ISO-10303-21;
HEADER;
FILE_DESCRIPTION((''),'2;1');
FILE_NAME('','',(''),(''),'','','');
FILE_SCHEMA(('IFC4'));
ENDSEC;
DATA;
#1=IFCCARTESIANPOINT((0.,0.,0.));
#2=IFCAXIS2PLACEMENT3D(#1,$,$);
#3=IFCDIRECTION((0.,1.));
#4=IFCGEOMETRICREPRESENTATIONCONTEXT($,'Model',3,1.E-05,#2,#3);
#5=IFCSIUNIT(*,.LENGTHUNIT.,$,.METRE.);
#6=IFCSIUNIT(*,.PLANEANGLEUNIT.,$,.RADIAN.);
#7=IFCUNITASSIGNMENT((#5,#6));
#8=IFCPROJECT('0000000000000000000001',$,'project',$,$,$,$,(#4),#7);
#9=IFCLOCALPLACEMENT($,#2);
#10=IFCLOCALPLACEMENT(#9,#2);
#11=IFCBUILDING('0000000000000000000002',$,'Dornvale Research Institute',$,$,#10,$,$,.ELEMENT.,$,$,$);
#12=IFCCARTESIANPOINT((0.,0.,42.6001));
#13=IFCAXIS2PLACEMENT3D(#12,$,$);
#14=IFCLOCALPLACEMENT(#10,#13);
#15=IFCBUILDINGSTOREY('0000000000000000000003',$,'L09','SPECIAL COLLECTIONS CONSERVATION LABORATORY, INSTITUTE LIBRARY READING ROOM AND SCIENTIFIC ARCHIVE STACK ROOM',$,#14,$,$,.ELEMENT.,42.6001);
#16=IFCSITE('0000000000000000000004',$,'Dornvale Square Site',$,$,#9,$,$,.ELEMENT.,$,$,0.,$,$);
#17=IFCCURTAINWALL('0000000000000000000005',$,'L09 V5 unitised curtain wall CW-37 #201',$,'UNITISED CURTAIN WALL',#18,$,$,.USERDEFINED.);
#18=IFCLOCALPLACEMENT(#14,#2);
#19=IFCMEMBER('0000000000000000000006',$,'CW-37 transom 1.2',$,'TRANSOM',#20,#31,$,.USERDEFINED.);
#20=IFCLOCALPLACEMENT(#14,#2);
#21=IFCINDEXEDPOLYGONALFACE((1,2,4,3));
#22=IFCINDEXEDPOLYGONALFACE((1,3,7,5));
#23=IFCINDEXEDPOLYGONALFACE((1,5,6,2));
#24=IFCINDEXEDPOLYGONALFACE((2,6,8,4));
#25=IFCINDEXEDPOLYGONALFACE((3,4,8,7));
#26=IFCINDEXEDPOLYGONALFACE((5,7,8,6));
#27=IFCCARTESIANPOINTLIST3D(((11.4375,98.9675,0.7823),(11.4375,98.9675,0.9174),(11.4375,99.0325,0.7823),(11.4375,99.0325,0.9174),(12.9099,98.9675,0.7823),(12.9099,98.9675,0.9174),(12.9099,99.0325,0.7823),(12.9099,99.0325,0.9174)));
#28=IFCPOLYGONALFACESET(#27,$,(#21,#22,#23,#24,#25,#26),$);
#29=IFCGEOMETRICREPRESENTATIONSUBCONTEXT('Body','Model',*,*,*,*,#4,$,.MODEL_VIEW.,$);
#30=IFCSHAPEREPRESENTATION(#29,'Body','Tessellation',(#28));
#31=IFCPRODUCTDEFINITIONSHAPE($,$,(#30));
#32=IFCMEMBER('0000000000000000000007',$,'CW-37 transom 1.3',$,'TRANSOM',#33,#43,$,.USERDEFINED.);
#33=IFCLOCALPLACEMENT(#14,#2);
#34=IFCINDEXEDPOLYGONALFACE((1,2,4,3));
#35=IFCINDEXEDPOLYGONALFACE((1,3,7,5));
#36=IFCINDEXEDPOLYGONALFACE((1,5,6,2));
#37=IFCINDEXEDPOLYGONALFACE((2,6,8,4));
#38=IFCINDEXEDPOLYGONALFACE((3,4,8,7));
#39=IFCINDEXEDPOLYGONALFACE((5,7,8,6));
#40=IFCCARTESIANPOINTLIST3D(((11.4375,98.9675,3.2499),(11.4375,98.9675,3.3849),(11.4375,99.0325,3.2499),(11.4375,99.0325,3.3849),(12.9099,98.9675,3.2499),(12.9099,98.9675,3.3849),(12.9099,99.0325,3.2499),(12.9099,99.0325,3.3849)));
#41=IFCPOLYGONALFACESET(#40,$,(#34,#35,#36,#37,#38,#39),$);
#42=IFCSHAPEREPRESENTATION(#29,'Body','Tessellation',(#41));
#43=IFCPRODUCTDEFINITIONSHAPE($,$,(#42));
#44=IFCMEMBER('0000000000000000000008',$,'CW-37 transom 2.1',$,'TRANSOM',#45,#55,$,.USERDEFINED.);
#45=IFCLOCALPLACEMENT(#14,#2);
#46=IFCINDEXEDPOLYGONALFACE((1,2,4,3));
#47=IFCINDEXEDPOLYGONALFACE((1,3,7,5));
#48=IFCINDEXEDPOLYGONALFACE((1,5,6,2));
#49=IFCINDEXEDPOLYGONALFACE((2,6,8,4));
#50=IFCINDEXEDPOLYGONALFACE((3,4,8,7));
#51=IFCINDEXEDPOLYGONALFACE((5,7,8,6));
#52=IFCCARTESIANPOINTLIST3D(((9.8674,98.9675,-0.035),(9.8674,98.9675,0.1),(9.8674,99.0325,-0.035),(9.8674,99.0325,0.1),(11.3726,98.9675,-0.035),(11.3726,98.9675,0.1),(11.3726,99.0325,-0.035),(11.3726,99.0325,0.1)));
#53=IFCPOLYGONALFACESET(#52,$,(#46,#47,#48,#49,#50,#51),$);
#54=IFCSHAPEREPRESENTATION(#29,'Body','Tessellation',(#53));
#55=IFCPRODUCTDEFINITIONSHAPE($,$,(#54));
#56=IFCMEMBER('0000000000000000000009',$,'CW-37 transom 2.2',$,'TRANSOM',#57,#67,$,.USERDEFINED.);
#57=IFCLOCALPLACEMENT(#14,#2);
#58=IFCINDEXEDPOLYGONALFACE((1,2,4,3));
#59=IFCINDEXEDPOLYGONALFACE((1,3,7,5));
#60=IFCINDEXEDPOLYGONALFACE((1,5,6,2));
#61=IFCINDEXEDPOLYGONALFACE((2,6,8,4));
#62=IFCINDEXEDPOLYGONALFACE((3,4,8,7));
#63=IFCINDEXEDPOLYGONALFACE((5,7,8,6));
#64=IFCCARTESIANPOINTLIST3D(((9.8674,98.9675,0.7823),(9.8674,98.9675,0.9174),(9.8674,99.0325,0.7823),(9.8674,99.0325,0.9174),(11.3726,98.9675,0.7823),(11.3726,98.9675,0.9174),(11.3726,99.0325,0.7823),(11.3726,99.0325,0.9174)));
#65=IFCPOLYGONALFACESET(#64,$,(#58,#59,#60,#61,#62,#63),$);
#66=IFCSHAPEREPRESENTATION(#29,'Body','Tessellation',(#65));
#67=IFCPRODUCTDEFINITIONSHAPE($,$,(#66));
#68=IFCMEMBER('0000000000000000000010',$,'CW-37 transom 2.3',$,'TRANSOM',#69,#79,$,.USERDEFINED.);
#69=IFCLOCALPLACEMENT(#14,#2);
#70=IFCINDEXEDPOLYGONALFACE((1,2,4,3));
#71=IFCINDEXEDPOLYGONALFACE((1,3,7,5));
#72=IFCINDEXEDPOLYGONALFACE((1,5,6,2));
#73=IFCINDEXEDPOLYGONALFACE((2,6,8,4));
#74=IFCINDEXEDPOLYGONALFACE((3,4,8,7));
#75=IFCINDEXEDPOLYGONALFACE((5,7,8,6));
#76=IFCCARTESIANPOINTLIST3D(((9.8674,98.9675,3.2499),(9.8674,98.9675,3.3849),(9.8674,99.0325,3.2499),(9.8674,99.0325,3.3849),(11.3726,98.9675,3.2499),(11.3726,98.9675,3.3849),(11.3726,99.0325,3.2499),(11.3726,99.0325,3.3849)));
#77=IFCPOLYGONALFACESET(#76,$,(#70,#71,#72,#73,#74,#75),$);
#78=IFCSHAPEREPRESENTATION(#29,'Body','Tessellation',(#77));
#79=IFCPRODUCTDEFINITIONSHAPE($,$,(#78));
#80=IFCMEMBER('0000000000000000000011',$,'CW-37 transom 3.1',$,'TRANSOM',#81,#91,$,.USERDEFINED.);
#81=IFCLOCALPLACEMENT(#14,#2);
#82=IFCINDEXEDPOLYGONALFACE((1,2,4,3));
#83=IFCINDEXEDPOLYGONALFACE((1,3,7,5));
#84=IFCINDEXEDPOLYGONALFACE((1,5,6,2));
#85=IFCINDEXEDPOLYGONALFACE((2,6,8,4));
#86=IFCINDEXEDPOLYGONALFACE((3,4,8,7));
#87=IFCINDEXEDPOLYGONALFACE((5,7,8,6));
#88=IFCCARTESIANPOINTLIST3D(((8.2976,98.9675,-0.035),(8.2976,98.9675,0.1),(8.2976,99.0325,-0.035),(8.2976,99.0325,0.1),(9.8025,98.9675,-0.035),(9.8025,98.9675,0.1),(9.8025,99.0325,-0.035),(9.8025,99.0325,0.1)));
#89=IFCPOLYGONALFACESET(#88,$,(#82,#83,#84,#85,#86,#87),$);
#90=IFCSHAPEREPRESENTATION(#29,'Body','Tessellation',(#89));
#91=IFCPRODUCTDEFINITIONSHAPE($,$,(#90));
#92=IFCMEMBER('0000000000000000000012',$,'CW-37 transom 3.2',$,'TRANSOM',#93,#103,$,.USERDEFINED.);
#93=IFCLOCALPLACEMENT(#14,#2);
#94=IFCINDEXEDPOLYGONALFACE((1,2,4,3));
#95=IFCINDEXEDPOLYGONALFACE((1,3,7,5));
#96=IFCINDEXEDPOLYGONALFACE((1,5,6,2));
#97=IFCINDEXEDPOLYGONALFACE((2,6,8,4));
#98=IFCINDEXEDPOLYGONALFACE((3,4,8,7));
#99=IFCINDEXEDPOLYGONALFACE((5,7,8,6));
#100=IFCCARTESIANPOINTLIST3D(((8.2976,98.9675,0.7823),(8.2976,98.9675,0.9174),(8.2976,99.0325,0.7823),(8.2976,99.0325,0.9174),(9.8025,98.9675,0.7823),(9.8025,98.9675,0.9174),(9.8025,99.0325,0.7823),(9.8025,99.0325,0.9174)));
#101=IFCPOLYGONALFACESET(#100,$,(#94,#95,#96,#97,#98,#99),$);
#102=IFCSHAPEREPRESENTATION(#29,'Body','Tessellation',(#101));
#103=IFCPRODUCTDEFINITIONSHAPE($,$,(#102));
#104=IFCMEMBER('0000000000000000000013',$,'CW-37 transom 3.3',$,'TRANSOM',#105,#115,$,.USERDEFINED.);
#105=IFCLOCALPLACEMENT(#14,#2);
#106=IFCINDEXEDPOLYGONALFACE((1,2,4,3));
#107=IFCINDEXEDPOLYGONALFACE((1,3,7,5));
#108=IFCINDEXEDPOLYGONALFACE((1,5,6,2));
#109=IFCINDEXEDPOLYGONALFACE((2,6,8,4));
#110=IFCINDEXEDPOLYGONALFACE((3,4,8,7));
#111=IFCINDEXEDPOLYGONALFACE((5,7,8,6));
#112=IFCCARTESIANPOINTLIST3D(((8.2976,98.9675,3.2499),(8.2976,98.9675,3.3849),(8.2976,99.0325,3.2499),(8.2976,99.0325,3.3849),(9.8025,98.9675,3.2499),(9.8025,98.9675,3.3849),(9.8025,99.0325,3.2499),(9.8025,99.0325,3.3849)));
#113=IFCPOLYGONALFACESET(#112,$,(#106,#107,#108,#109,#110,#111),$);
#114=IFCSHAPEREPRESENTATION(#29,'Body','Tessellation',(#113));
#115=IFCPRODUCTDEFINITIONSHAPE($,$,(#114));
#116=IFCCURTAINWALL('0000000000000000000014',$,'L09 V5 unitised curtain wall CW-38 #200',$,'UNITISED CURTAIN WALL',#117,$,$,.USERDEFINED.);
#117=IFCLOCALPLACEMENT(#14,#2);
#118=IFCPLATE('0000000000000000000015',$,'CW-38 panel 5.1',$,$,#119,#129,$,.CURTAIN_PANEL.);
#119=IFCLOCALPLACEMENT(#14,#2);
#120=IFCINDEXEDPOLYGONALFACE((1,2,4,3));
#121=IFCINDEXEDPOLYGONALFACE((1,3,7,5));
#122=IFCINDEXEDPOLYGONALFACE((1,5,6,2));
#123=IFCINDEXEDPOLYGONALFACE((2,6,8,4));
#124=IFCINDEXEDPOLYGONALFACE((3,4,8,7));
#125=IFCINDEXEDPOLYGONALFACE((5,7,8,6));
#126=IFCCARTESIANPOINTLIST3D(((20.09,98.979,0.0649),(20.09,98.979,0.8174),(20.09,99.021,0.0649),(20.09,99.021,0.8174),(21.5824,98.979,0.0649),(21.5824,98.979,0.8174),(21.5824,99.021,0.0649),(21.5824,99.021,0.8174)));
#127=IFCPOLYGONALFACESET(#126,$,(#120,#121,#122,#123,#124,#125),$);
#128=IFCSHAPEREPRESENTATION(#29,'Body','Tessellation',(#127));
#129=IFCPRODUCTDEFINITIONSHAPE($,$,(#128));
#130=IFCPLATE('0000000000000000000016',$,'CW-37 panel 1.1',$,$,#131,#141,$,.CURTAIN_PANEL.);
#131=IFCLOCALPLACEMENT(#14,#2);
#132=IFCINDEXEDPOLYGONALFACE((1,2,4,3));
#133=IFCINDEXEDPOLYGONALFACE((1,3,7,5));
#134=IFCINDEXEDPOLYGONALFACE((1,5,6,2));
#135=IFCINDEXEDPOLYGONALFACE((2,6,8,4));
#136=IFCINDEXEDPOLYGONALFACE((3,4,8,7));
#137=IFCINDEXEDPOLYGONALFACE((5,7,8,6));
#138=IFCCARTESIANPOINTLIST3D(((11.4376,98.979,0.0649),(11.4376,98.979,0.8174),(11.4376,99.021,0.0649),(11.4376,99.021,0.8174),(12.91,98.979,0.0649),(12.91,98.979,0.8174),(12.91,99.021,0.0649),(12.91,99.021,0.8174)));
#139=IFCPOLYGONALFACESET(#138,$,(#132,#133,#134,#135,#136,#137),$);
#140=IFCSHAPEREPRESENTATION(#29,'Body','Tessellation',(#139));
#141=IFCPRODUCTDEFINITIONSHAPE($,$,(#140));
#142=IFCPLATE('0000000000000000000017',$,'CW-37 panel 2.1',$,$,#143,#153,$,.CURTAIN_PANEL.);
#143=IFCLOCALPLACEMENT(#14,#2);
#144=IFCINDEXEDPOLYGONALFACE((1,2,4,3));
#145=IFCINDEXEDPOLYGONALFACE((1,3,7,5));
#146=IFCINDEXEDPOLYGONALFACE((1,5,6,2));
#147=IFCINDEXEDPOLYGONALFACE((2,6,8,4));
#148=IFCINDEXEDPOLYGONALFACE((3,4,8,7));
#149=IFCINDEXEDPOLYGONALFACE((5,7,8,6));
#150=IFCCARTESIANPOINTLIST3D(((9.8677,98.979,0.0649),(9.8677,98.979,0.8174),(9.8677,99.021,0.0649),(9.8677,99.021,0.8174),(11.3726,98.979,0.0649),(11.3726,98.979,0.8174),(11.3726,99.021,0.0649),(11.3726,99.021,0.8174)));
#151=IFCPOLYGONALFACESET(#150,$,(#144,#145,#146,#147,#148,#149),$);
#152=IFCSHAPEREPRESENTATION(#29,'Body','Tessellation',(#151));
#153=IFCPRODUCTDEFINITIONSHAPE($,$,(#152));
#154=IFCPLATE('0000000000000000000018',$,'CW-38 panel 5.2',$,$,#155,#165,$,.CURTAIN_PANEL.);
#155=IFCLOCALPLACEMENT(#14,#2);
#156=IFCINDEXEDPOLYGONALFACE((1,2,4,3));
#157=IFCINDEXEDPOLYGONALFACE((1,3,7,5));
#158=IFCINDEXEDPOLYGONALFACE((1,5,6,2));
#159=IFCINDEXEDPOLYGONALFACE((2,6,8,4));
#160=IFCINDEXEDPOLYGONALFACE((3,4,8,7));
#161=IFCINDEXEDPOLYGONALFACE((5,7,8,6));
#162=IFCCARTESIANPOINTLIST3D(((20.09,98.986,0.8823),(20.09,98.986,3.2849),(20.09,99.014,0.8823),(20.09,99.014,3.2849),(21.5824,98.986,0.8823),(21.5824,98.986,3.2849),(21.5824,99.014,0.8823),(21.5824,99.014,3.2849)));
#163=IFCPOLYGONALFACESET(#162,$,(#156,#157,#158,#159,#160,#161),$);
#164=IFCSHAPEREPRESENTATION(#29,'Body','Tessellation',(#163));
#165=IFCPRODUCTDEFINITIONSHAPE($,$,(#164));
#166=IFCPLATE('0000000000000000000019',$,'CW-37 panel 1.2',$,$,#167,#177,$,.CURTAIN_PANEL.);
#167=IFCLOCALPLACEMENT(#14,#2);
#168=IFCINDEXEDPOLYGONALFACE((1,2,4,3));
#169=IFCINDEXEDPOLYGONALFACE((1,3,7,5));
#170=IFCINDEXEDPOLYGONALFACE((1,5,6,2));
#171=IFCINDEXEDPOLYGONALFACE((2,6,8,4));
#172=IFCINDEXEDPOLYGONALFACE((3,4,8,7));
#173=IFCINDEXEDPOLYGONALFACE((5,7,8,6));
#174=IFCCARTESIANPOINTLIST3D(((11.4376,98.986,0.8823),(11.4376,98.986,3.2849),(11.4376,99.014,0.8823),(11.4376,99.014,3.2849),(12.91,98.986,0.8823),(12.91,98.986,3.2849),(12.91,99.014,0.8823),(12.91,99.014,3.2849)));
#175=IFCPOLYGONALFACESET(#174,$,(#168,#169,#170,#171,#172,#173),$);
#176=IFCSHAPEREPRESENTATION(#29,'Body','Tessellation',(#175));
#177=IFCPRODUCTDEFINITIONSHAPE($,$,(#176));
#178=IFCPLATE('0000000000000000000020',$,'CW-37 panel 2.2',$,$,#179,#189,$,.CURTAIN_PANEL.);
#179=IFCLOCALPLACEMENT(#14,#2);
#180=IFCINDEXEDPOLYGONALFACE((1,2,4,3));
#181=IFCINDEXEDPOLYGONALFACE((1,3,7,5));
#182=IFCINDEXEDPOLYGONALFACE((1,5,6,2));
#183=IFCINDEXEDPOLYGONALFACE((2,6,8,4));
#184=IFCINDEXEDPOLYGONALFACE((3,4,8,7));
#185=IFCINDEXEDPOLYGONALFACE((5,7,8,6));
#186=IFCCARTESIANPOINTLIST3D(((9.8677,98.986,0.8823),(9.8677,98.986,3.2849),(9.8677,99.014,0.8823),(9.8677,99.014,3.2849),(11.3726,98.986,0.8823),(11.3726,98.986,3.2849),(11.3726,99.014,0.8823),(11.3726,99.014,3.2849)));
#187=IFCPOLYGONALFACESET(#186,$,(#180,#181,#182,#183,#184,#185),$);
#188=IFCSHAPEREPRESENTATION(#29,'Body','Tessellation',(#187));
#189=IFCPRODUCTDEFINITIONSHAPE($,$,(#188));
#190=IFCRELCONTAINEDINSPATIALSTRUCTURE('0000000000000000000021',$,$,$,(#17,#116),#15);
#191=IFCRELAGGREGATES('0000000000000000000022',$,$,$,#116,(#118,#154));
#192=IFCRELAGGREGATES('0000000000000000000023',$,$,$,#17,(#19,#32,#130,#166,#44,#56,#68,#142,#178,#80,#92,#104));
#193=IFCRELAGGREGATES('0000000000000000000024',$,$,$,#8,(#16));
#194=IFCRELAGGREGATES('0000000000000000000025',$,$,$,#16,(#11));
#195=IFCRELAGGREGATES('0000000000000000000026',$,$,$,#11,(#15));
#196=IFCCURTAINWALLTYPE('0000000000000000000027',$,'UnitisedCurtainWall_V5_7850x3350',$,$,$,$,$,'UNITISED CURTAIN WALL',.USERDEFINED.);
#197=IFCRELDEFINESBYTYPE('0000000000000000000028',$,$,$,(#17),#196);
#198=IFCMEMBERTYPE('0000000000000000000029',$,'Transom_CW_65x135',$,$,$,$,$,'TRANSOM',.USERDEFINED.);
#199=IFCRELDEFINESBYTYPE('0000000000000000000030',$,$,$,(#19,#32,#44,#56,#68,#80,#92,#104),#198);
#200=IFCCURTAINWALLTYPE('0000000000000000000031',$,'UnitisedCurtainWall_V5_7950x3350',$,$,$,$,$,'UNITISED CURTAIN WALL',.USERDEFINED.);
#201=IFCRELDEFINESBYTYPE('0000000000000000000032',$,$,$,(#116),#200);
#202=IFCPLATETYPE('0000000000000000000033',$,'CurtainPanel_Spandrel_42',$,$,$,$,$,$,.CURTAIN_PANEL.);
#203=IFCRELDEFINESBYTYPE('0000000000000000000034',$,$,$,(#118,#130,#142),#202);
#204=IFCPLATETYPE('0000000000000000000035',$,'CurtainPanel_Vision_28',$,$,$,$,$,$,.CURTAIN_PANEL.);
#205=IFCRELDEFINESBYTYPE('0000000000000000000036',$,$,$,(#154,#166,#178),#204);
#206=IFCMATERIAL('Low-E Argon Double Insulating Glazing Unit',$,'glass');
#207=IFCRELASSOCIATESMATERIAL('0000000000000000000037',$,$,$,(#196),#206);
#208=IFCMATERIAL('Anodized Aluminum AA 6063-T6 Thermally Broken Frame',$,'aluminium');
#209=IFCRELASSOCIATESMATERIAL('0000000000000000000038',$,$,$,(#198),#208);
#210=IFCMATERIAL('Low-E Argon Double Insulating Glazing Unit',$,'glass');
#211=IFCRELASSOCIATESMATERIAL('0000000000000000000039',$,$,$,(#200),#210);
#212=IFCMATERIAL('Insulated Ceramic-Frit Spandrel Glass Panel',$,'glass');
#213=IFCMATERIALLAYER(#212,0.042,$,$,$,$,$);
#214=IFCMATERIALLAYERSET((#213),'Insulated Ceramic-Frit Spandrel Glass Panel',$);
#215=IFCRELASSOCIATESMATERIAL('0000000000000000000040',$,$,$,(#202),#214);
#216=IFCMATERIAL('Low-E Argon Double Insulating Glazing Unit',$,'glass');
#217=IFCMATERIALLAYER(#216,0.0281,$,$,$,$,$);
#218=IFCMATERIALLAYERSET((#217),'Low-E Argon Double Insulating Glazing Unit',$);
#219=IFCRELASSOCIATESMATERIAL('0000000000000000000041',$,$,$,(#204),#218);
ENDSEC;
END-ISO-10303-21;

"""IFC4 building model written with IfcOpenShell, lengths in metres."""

from ifc_helpers import new_model, si_unit, direction, frame, origin, origin_2d, place, context, subcontext, project, spatial, rectangle, extrude, material, layer, layer_set, material_profile, profile_set, type_object, element, aggregate, save


model = new_model("IFC4")

# Units and contexts
model_context = context("Model", 3, precision=1e-05, world=origin(), true_north=direction((0.0, 1.0)))
body_context = subcontext(model_context, "Body", "Model", "MODEL_VIEW")
ifc_project = project(units=[si_unit("LENGTHUNIT", "METRE"), si_unit("PLANEANGLEUNIT", "RADIAN")], contexts=[model_context])

# Site, building, storey
site_placement = place(None, origin())
site = spatial("IfcSite", under=ifc_project, at=site_placement, Name="Dornvale Square Site", CompositionType="ELEMENT", RefElevation=0.0)
building_placement = place(site_placement, origin())
building = spatial("IfcBuilding", under=site, at=building_placement, Name="Dornvale Research Institute", CompositionType="ELEMENT")
storey_placement = place(building_placement, frame((0.0, 0.0, 42.6001)))
storey = spatial("IfcBuildingStorey", under=building, at=storey_placement, Name="L09", Description="SPECIAL COLLECTIONS CONSERVATION LABORATORY, INSTITUTE LIBRARY READING ROOM AND SCIENTIFIC ARCHIVE STACK ROOM", CompositionType="ELEMENT", Elevation=42.6001)

# Curtain wall, members
ifc_material_1 = material(Name="Low-E Argon Double Insulating Glazing Unit", Category="glass")
curtain_wall_type_1 = type_object("IfcCurtainWallType", Name="UnitisedCurtainWall_V5_7850x3350", ElementType="UNITISED CURTAIN WALL", PredefinedType="USERDEFINED", material=ifc_material_1)
curtain_wall_1_placement = place(storey_placement, origin())
curtain_wall_1 = element("IfcCurtainWall", 1, at=curtain_wall_1_placement, inside=storey, type_object=curtain_wall_type_1, Name="L09 V5 unitised curtain wall CW-37 #201", ObjectType="UNITISED CURTAIN WALL", PredefinedType="USERDEFINED")
ifc_material_2 = material(Name="Anodized Aluminum AA 6063-T6 Thermally Broken Frame", Category="aluminium")
ifc_material_profile_1 = material_profile(ifc_material_2, rectangle(XDim=0.0649, YDim=0.135, at=origin_2d()), Name="ALU TRANSOM 65x135")
ifc_profile_set_1 = profile_set([ifc_material_profile_1], Name="Anodized Aluminum AA 6063-T6 Thermally Broken Frame")
member_type_1 = type_object("IfcMemberType", Name="Transom_CW_65x135", ElementType="TRANSOM", PredefinedType="USERDEFINED", material=ifc_profile_set_1)
member_1_placement = place(storey_placement, frame((12.9099, 99.0, 0.8499), z_axis=(-1.0, 0.0, 0.0), x_axis=(0.0, -1.0, 0.0)))
member_1 = element("IfcMember", 2, at=member_1_placement, type_object=member_type_1, Name="CW-37 transom 1.2", ObjectType="TRANSOM", PredefinedType="USERDEFINED", context=body_context, shape_type="SweptSolid", body=[
    extrude(rectangle(XDim=0.0649, YDim=0.135, at=origin_2d()), origin(), (0.0, 0.0, 1.0), 1.4724),
])
member_2_placement = place(storey_placement, frame((12.9099, 99.0, 3.3174), z_axis=(-1.0, 0.0, 0.0), x_axis=(0.0, -1.0, 0.0)))
member_2 = element("IfcMember", 3, at=member_2_placement, type_object=member_type_1, Name="CW-37 transom 1.3", ObjectType="TRANSOM", PredefinedType="USERDEFINED", context=body_context, shape_type="SweptSolid", body=[
    extrude(rectangle(XDim=0.0649, YDim=0.135, at=origin_2d()), origin(), (0.0, 0.0, 1.0), 1.4724),
])
member_3_placement = place(storey_placement, frame((11.3726, 99.0, 0.0325), z_axis=(-1.0, 0.0, 0.0), x_axis=(0.0, -1.0, 0.0)))
member_3 = element("IfcMember", 4, at=member_3_placement, type_object=member_type_1, Name="CW-37 transom 2.1", ObjectType="TRANSOM", PredefinedType="USERDEFINED", context=body_context, shape_type="SweptSolid", body=[
    extrude(rectangle(XDim=0.0649, YDim=0.135, at=origin_2d()), origin(), (0.0, 0.0, 1.0), 1.5051),
])
member_4_placement = place(storey_placement, frame((11.3726, 99.0, 0.8499), z_axis=(-1.0, 0.0, 0.0), x_axis=(0.0, -1.0, 0.0)))
member_4 = element("IfcMember", 5, at=member_4_placement, type_object=member_type_1, Name="CW-37 transom 2.2", ObjectType="TRANSOM", PredefinedType="USERDEFINED", context=body_context, shape_type="SweptSolid", body=[
    extrude(rectangle(XDim=0.0649, YDim=0.135, at=origin_2d()), origin(), (0.0, 0.0, 1.0), 1.5051),
])
member_5_placement = place(storey_placement, frame((11.3726, 99.0, 3.3174), z_axis=(-1.0, 0.0, 0.0), x_axis=(0.0, -1.0, 0.0)))
member_5 = element("IfcMember", 6, at=member_5_placement, type_object=member_type_1, Name="CW-37 transom 2.3", ObjectType="TRANSOM", PredefinedType="USERDEFINED", context=body_context, shape_type="SweptSolid", body=[
    extrude(rectangle(XDim=0.0649, YDim=0.135, at=origin_2d()), origin(), (0.0, 0.0, 1.0), 1.5051),
])
member_6_placement = place(storey_placement, frame((9.8025, 99.0, 0.0325), z_axis=(-1.0, 0.0, 0.0), x_axis=(0.0, -1.0, 0.0)))
member_6 = element("IfcMember", 7, at=member_6_placement, type_object=member_type_1, Name="CW-37 transom 3.1", ObjectType="TRANSOM", PredefinedType="USERDEFINED", context=body_context, shape_type="SweptSolid", body=[
    extrude(rectangle(XDim=0.0649, YDim=0.135, at=origin_2d()), origin(), (0.0, 0.0, 1.0), 1.5049),
])
member_7_placement = place(storey_placement, frame((9.8025, 99.0, 0.8499), z_axis=(-1.0, 0.0, 0.0), x_axis=(0.0, -1.0, 0.0)))
member_7 = element("IfcMember", 8, at=member_7_placement, type_object=member_type_1, Name="CW-37 transom 3.2", ObjectType="TRANSOM", PredefinedType="USERDEFINED", context=body_context, shape_type="SweptSolid", body=[
    extrude(rectangle(XDim=0.0649, YDim=0.135, at=origin_2d()), origin(), (0.0, 0.0, 1.0), 1.5049),
])
member_8_placement = place(storey_placement, frame((9.8025, 99.0, 3.3174), z_axis=(-1.0, 0.0, 0.0), x_axis=(0.0, -1.0, 0.0)))
member_8 = element("IfcMember", 9, at=member_8_placement, type_object=member_type_1, Name="CW-37 transom 3.3", ObjectType="TRANSOM", PredefinedType="USERDEFINED", context=body_context, shape_type="SweptSolid", body=[
    extrude(rectangle(XDim=0.0649, YDim=0.135, at=origin_2d()), origin(), (0.0, 0.0, 1.0), 1.5049),
])

# Curtain wall, plate
ifc_material_3 = material(Name="Low-E Argon Double Insulating Glazing Unit", Category="glass")
curtain_wall_type_2 = type_object("IfcCurtainWallType", Name="UnitisedCurtainWall_V5_7950x3350", ElementType="UNITISED CURTAIN WALL", PredefinedType="USERDEFINED", material=ifc_material_3)
curtain_wall_2_placement = place(storey_placement, origin())
curtain_wall_2 = element("IfcCurtainWall", 10, at=curtain_wall_2_placement, inside=storey, type_object=curtain_wall_type_2, Name="L09 V5 unitised curtain wall CW-38 #200", ObjectType="UNITISED CURTAIN WALL", PredefinedType="USERDEFINED")
ifc_material_4 = material(Name="Insulated Ceramic-Frit Spandrel Glass Panel", Category="glass")
ifc_layer_1 = layer(ifc_material_4, 0.042)
ifc_layer_set_1 = layer_set([ifc_layer_1], Name="Insulated Ceramic-Frit Spandrel Glass Panel")
plate_type_1 = type_object("IfcPlateType", Name="CurtainPanel_Spandrel_42", PredefinedType="CURTAIN_PANEL", material=ifc_layer_set_1)
plate_1_placement = place(storey_placement, frame((20.8362, 99.0, 0.0649), z_axis=(0.0, 0.0, 1.0), x_axis=(-1.0, 0.0, 0.0)))
plate_1 = element("IfcPlate", 11, at=plate_1_placement, type_object=plate_type_1, Name="CW-38 panel 5.1", PredefinedType="CURTAIN_PANEL", context=body_context, shape_type="SweptSolid", body=[
    extrude(rectangle(XDim=1.4924, YDim=0.042, at=origin_2d()), origin(), (0.0, 0.0, 1.0), 0.7524),
])

# Plates
plate_2_placement = place(storey_placement, frame((12.1738, 99.0, 0.0649), z_axis=(0.0, 0.0, 1.0), x_axis=(-1.0, 0.0, 0.0)))
plate_2 = element("IfcPlate", 12, at=plate_2_placement, type_object=plate_type_1, Name="CW-37 panel 1.1", PredefinedType="CURTAIN_PANEL", context=body_context, shape_type="SweptSolid", body=[
    extrude(rectangle(XDim=1.4724, YDim=0.042, at=origin_2d()), origin(), (0.0, 0.0, 1.0), 0.7524),
])
plate_3_placement = place(storey_placement, frame((10.6201, 99.0, 0.0649), z_axis=(0.0, 0.0, 1.0), x_axis=(-1.0, 0.0, 0.0)))
plate_3 = element("IfcPlate", 13, at=plate_3_placement, type_object=plate_type_1, Name="CW-37 panel 2.1", PredefinedType="CURTAIN_PANEL", context=body_context, shape_type="SweptSolid", body=[
    extrude(rectangle(XDim=1.5049, YDim=0.042, at=origin_2d()), origin(), (0.0, 0.0, 1.0), 0.7524),
])
ifc_material_5 = material(Name="Low-E Argon Double Insulating Glazing Unit", Category="glass")
ifc_layer_2 = layer(ifc_material_5, 0.0281)
ifc_layer_set_2 = layer_set([ifc_layer_2], Name="Low-E Argon Double Insulating Glazing Unit")
plate_type_2 = type_object("IfcPlateType", Name="CurtainPanel_Vision_28", PredefinedType="CURTAIN_PANEL", material=ifc_layer_set_2)
plate_4_placement = place(storey_placement, frame((20.8362, 99.0, 0.8823), z_axis=(0.0, 0.0, 1.0), x_axis=(-1.0, 0.0, 0.0)))
plate_4 = element("IfcPlate", 14, at=plate_4_placement, type_object=plate_type_2, Name="CW-38 panel 5.2", PredefinedType="CURTAIN_PANEL", context=body_context, shape_type="SweptSolid", body=[
    extrude(rectangle(XDim=1.4924, YDim=0.0281, at=origin_2d()), origin(), (0.0, 0.0, 1.0), 2.4026),
])
aggregate(curtain_wall_2, [plate_1, plate_4])
plate_5_placement = place(storey_placement, frame((12.1738, 99.0, 0.8823), z_axis=(0.0, 0.0, 1.0), x_axis=(-1.0, 0.0, 0.0)))
plate_5 = element("IfcPlate", 15, at=plate_5_placement, type_object=plate_type_2, Name="CW-37 panel 1.2", PredefinedType="CURTAIN_PANEL", context=body_context, shape_type="SweptSolid", body=[
    extrude(rectangle(XDim=1.4724, YDim=0.0281, at=origin_2d()), origin(), (0.0, 0.0, 1.0), 2.4026),
])
plate_6_placement = place(storey_placement, frame((10.6201, 99.0, 0.8823), z_axis=(0.0, 0.0, 1.0), x_axis=(-1.0, 0.0, 0.0)))
plate_6 = element("IfcPlate", 16, at=plate_6_placement, type_object=plate_type_2, Name="CW-37 panel 2.2", PredefinedType="CURTAIN_PANEL", context=body_context, shape_type="SweptSolid", body=[
    extrude(rectangle(XDim=1.5049, YDim=0.0281, at=origin_2d()), origin(), (0.0, 0.0, 1.0), 2.4026),
])
aggregate(curtain_wall_1, [member_1, member_2, plate_2, plate_5, member_3, member_4, member_5, plate_3, plate_6, member_6, member_7, member_8])

save(model, "model.ifc")
